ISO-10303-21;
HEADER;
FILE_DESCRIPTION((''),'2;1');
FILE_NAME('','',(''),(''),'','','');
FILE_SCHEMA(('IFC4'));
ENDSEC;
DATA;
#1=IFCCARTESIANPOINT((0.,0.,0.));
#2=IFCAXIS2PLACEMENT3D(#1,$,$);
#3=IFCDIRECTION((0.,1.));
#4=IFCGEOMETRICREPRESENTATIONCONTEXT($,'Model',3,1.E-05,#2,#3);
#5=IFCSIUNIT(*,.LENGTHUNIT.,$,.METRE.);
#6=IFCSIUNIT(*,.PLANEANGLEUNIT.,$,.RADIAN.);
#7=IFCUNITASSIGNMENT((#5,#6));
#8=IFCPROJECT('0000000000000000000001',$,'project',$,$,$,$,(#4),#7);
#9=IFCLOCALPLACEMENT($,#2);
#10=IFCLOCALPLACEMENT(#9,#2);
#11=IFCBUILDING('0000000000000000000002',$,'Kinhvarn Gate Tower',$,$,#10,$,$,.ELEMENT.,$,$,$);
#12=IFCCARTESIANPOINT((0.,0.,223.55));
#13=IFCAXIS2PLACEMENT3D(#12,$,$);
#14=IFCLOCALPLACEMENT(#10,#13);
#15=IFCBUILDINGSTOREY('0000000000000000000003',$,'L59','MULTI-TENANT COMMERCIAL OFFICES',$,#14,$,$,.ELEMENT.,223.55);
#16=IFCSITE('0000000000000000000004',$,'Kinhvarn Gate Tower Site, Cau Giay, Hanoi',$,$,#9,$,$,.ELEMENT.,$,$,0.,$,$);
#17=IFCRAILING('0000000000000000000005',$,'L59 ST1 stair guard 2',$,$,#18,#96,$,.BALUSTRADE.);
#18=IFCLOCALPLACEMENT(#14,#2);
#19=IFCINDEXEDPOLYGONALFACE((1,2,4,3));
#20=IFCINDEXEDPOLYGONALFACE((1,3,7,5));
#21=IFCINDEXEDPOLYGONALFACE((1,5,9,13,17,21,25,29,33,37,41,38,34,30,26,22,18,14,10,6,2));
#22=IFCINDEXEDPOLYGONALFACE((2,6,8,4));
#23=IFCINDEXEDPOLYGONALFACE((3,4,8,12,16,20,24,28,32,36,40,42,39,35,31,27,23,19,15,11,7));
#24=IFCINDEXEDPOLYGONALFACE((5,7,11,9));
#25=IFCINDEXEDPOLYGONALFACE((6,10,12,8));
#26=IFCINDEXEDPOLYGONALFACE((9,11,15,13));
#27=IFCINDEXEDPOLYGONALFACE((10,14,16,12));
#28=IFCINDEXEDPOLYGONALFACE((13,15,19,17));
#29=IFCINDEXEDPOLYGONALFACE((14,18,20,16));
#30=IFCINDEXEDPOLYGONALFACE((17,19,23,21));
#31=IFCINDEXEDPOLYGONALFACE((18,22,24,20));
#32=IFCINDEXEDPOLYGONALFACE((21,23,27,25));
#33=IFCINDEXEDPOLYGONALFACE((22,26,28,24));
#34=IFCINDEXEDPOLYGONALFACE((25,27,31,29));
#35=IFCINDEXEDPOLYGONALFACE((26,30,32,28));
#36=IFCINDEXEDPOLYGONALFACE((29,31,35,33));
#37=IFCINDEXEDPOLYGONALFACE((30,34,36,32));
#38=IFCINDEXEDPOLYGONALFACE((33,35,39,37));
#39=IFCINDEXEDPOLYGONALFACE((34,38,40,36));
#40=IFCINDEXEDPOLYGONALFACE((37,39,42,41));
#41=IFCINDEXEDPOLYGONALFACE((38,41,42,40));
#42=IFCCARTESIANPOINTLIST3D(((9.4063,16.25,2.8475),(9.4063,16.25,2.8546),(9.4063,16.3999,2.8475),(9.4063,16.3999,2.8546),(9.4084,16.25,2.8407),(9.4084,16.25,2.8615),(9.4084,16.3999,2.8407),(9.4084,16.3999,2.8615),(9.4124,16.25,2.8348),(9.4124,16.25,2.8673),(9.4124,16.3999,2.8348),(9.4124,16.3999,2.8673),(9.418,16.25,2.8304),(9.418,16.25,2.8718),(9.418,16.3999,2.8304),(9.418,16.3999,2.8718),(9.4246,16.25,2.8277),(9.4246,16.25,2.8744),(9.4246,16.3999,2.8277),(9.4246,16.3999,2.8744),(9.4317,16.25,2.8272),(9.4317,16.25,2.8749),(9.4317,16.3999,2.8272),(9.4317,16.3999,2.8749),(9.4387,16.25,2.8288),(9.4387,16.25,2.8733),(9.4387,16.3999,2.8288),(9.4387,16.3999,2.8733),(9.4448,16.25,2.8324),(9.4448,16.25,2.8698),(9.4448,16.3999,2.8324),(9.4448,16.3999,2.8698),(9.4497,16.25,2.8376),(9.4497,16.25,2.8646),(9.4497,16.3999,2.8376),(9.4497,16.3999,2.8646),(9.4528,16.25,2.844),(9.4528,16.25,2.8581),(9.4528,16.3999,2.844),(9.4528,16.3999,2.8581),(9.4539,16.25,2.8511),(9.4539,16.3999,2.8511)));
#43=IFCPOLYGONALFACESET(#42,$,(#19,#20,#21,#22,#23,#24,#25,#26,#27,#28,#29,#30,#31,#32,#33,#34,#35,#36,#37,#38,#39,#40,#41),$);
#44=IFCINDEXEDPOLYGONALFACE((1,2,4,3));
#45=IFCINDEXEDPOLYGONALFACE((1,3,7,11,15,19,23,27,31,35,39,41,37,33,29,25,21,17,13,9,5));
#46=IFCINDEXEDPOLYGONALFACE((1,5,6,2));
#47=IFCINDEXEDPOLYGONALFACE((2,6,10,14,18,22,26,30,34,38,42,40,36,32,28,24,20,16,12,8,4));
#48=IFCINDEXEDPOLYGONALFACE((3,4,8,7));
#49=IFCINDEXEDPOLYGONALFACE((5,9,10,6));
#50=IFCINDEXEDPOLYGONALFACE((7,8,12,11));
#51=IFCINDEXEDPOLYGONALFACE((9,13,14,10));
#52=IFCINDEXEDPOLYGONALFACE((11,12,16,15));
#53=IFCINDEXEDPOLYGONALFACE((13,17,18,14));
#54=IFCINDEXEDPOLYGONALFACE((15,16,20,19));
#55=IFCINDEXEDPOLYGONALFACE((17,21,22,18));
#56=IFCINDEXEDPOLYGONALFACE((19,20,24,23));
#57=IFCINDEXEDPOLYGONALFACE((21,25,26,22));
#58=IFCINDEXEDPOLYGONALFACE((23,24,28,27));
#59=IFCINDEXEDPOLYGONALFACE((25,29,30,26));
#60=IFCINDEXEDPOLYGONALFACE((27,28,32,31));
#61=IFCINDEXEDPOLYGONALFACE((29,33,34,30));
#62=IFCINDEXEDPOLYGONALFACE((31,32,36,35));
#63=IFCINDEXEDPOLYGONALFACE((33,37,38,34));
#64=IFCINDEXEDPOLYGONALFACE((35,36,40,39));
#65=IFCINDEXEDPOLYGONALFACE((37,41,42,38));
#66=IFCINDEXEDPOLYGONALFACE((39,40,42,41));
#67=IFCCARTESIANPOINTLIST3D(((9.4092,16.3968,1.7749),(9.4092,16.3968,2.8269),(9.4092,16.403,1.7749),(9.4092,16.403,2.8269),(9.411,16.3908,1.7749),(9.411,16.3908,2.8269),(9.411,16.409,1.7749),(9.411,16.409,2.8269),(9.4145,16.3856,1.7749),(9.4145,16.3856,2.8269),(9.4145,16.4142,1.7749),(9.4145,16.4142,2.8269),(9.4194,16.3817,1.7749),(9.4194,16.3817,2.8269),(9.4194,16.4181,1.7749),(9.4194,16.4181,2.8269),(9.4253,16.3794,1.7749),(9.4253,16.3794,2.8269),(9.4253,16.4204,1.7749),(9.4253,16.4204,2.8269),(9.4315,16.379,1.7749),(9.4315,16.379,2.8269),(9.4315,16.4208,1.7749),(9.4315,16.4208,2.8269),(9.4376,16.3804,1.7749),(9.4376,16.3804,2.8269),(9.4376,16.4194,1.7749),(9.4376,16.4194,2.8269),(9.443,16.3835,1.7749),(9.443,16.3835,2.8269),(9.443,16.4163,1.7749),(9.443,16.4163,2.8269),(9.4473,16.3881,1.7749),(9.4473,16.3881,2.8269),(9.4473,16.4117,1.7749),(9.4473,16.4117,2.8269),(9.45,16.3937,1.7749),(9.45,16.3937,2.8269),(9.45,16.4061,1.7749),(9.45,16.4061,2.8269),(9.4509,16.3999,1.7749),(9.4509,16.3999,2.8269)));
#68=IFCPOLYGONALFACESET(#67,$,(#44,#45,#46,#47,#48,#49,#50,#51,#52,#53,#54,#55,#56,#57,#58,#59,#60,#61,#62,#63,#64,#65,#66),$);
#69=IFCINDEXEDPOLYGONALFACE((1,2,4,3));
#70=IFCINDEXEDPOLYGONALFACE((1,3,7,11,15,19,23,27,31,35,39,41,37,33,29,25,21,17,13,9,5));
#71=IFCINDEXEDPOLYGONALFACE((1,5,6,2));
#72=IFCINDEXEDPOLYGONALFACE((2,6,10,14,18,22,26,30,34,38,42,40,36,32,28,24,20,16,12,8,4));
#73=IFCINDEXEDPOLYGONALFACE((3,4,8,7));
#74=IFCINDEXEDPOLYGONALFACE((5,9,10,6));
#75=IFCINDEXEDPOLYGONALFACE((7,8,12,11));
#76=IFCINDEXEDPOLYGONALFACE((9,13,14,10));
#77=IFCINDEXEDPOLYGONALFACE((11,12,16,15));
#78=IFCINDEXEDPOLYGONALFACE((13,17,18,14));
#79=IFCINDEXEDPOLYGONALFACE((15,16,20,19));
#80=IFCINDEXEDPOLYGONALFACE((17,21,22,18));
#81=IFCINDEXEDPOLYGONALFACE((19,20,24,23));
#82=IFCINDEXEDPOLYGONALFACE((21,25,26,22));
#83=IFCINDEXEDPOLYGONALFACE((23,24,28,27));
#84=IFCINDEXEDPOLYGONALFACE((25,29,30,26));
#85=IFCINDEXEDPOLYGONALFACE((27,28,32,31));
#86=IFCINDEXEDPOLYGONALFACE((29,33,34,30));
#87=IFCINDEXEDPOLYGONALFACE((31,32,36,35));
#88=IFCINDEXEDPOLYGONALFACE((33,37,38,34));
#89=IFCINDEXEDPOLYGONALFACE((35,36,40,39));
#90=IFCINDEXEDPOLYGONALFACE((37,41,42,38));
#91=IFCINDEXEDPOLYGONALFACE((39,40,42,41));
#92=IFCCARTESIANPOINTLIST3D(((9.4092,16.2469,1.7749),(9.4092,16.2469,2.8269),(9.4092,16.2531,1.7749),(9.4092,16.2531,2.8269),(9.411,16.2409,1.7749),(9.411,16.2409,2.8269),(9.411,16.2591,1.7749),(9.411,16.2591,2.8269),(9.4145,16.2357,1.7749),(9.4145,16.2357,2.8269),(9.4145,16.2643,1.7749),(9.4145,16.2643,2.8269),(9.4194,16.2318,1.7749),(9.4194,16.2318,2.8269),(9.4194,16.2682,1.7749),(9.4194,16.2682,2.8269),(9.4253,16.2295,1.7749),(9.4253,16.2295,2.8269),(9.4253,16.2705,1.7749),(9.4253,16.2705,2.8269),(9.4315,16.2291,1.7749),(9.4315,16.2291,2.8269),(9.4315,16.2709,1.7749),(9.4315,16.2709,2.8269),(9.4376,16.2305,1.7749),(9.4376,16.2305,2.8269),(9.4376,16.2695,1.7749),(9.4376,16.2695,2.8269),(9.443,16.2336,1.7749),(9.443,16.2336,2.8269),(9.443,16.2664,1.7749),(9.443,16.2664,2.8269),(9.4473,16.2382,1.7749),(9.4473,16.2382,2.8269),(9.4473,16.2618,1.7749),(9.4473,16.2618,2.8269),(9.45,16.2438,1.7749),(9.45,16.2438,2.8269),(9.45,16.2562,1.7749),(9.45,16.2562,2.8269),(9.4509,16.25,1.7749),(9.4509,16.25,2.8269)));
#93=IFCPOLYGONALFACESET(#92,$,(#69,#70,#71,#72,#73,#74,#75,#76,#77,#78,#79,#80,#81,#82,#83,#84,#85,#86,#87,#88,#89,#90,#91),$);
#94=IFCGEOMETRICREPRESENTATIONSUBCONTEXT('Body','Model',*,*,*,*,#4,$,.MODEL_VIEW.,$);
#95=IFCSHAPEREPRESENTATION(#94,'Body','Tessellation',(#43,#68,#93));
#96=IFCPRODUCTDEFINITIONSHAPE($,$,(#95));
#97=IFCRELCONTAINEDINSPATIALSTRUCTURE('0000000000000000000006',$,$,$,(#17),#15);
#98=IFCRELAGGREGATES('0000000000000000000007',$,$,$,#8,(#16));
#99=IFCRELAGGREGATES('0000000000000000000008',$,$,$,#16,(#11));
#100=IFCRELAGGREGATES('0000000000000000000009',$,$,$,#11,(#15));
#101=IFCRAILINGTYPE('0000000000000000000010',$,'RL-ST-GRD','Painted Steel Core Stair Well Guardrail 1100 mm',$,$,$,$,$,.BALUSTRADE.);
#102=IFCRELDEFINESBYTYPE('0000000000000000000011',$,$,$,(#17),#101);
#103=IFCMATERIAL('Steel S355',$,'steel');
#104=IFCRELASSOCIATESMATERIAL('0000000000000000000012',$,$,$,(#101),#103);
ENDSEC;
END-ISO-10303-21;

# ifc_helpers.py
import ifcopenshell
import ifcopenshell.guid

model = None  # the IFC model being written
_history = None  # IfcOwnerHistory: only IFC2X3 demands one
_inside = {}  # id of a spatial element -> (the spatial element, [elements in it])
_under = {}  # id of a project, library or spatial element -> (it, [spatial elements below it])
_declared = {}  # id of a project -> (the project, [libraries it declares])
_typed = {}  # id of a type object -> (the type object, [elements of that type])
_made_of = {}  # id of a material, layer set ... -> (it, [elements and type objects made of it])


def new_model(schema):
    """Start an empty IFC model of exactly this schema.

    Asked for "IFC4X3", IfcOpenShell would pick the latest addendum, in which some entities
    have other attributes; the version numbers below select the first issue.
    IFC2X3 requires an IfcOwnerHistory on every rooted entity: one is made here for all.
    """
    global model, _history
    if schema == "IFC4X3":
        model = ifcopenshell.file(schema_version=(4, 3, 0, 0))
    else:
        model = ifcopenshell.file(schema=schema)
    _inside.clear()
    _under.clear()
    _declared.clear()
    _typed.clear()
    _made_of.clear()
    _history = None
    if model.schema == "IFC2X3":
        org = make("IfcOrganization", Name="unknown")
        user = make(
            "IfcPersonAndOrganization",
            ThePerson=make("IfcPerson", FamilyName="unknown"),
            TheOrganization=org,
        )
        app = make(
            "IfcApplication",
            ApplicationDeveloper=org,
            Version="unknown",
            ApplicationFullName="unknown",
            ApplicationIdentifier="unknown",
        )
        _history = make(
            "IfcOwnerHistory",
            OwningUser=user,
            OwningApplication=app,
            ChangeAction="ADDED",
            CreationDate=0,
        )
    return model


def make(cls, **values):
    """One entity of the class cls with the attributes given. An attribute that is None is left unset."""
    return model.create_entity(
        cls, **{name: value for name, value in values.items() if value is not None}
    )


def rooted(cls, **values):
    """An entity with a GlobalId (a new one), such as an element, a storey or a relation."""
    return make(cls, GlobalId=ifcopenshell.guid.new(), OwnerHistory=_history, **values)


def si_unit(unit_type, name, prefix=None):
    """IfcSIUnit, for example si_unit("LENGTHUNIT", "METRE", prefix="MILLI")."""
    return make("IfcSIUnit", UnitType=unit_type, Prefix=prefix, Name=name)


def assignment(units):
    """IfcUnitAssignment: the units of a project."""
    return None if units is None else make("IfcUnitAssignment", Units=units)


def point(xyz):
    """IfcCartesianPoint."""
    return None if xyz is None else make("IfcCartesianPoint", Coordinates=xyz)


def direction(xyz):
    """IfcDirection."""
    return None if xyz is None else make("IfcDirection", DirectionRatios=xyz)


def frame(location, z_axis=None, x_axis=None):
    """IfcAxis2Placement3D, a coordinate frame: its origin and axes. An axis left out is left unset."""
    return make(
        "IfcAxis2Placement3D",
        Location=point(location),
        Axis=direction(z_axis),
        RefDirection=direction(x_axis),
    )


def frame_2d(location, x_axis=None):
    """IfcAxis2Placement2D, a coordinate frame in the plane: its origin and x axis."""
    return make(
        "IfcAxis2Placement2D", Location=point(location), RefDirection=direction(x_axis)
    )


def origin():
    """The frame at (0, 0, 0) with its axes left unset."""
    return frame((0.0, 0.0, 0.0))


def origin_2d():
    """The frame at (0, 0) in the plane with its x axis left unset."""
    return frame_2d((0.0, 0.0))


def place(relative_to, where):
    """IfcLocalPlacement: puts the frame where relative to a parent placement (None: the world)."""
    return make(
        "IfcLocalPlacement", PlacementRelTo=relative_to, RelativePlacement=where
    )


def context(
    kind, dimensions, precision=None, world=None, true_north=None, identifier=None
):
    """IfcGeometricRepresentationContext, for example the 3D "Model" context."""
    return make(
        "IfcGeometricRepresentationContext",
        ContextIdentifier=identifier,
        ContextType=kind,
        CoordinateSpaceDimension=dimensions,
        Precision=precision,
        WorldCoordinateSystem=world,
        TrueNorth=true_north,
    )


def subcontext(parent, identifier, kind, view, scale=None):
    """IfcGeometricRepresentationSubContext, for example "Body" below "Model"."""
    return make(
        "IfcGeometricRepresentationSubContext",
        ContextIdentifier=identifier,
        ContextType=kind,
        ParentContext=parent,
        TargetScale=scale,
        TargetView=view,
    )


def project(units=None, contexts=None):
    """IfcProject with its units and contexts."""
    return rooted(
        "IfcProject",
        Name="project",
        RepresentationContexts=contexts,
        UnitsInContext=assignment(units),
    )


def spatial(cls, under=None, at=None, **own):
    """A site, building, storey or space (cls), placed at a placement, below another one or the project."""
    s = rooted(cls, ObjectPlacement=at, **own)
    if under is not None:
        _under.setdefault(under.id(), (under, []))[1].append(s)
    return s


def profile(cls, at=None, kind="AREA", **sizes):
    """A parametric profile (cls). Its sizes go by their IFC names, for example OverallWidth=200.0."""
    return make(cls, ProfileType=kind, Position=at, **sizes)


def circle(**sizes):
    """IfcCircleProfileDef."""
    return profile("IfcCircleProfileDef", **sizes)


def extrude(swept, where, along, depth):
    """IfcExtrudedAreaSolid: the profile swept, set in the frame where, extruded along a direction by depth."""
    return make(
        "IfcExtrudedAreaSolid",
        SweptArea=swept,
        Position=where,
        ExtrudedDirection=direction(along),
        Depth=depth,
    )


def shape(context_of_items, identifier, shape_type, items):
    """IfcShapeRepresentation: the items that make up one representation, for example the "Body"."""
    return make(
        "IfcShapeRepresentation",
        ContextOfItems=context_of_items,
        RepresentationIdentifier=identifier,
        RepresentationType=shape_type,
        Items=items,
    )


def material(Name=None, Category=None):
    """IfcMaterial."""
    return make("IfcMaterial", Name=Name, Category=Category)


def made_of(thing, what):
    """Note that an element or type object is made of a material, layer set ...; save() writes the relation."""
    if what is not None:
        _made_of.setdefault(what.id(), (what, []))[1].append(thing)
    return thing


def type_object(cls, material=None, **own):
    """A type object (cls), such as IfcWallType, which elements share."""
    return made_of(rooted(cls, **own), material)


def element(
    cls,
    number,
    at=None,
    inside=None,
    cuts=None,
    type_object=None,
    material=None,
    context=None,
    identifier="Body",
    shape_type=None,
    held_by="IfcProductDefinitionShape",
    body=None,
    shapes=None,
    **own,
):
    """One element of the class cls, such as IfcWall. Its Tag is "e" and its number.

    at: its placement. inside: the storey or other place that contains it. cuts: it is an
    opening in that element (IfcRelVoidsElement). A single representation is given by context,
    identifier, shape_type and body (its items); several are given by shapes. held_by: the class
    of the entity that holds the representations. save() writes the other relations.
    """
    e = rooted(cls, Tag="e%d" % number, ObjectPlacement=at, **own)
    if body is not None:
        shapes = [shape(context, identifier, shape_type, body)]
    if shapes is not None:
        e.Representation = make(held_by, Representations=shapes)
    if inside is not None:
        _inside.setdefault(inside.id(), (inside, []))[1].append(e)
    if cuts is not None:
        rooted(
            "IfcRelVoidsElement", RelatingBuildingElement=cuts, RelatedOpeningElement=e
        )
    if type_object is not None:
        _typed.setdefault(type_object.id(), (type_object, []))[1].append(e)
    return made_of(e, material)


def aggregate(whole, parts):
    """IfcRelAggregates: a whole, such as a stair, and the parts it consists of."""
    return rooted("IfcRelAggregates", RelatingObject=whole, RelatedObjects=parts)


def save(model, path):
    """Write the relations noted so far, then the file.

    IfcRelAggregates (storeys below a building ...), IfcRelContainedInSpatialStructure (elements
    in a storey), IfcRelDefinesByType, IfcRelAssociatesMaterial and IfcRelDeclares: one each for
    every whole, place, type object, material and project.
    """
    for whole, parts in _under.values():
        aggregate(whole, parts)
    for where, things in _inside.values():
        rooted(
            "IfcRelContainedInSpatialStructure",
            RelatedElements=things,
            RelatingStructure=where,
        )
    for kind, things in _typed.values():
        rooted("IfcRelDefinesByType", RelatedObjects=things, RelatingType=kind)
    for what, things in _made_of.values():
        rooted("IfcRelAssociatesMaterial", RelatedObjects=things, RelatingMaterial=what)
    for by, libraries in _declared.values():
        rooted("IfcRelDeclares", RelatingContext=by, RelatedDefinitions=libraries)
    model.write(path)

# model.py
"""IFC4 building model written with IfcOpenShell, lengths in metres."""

from ifc_helpers import new_model, si_unit, direction, frame, origin, origin_2d, place, context, subcontext, project, spatial, circle, extrude, material, type_object, element, save


model = new_model("IFC4")

# Units and contexts
model_context = context("Model", 3, precision=1e-05, world=origin(), true_north=direction((0.0, 1.0)))
body_context = subcontext(model_context, "Body", "Model", "MODEL_VIEW")
ifc_project = project(units=[si_unit("LENGTHUNIT", "METRE"), si_unit("PLANEANGLEUNIT", "RADIAN")], contexts=[model_context])

# Site, building, storey
site_placement = place(None, origin())
site = spatial("IfcSite", under=ifc_project, at=site_placement, Name="Kinhvarn Gate Tower Site, Cau Giay, Hanoi", CompositionType="ELEMENT", RefElevation=0.0)
building_placement = place(site_placement, origin())
building = spatial("IfcBuilding", under=site, at=building_placement, Name="Kinhvarn Gate Tower", CompositionType="ELEMENT")
storey_placement = place(building_placement, frame((0.0, 0.0, 223.55)))
storey = spatial("IfcBuildingStorey", under=building, at=storey_placement, Name="L59", Description="MULTI-TENANT COMMERCIAL OFFICES", CompositionType="ELEMENT", Elevation=223.55)

# Shared definitions
ifc_material_1 = material(Name="Steel S355", Category="steel")

# Railing
railing_type_1 = type_object("IfcRailingType", Name="RL-ST-GRD", Description="Painted Steel Core Stair Well Guardrail 1100 mm", PredefinedType="BALUSTRADE", material=ifc_material_1)
railing_1_placement = place(storey_placement, frame((9.4299, 16.3999, 1.7749)))
element("IfcRailing", 1, at=railing_1_placement, inside=storey, type_object=railing_type_1, Name="L59 ST1 stair guard 2", PredefinedType="BALUSTRADE", context=body_context, shape_type="SweptSolid", body=[
    extrude(circle(Radius=0.0239, at=origin_2d()), frame((0.0, 0.0, 1.0762), z_axis=(0.0, -1.0, 0.0), x_axis=(1.0, 0.0, 0.0)), (0.0, 0.0, 1.0), 0.1499),
    extrude(circle(Radius=0.021, at=origin_2d()), origin(), (0.0, 0.0, 1.0), 1.052),
    extrude(circle(Radius=0.021, at=origin_2d()), frame((0.0, -0.1499, 0.0)), (0.0, 0.0, 1.0), 1.052),
])

save(model, "model.ifc")
